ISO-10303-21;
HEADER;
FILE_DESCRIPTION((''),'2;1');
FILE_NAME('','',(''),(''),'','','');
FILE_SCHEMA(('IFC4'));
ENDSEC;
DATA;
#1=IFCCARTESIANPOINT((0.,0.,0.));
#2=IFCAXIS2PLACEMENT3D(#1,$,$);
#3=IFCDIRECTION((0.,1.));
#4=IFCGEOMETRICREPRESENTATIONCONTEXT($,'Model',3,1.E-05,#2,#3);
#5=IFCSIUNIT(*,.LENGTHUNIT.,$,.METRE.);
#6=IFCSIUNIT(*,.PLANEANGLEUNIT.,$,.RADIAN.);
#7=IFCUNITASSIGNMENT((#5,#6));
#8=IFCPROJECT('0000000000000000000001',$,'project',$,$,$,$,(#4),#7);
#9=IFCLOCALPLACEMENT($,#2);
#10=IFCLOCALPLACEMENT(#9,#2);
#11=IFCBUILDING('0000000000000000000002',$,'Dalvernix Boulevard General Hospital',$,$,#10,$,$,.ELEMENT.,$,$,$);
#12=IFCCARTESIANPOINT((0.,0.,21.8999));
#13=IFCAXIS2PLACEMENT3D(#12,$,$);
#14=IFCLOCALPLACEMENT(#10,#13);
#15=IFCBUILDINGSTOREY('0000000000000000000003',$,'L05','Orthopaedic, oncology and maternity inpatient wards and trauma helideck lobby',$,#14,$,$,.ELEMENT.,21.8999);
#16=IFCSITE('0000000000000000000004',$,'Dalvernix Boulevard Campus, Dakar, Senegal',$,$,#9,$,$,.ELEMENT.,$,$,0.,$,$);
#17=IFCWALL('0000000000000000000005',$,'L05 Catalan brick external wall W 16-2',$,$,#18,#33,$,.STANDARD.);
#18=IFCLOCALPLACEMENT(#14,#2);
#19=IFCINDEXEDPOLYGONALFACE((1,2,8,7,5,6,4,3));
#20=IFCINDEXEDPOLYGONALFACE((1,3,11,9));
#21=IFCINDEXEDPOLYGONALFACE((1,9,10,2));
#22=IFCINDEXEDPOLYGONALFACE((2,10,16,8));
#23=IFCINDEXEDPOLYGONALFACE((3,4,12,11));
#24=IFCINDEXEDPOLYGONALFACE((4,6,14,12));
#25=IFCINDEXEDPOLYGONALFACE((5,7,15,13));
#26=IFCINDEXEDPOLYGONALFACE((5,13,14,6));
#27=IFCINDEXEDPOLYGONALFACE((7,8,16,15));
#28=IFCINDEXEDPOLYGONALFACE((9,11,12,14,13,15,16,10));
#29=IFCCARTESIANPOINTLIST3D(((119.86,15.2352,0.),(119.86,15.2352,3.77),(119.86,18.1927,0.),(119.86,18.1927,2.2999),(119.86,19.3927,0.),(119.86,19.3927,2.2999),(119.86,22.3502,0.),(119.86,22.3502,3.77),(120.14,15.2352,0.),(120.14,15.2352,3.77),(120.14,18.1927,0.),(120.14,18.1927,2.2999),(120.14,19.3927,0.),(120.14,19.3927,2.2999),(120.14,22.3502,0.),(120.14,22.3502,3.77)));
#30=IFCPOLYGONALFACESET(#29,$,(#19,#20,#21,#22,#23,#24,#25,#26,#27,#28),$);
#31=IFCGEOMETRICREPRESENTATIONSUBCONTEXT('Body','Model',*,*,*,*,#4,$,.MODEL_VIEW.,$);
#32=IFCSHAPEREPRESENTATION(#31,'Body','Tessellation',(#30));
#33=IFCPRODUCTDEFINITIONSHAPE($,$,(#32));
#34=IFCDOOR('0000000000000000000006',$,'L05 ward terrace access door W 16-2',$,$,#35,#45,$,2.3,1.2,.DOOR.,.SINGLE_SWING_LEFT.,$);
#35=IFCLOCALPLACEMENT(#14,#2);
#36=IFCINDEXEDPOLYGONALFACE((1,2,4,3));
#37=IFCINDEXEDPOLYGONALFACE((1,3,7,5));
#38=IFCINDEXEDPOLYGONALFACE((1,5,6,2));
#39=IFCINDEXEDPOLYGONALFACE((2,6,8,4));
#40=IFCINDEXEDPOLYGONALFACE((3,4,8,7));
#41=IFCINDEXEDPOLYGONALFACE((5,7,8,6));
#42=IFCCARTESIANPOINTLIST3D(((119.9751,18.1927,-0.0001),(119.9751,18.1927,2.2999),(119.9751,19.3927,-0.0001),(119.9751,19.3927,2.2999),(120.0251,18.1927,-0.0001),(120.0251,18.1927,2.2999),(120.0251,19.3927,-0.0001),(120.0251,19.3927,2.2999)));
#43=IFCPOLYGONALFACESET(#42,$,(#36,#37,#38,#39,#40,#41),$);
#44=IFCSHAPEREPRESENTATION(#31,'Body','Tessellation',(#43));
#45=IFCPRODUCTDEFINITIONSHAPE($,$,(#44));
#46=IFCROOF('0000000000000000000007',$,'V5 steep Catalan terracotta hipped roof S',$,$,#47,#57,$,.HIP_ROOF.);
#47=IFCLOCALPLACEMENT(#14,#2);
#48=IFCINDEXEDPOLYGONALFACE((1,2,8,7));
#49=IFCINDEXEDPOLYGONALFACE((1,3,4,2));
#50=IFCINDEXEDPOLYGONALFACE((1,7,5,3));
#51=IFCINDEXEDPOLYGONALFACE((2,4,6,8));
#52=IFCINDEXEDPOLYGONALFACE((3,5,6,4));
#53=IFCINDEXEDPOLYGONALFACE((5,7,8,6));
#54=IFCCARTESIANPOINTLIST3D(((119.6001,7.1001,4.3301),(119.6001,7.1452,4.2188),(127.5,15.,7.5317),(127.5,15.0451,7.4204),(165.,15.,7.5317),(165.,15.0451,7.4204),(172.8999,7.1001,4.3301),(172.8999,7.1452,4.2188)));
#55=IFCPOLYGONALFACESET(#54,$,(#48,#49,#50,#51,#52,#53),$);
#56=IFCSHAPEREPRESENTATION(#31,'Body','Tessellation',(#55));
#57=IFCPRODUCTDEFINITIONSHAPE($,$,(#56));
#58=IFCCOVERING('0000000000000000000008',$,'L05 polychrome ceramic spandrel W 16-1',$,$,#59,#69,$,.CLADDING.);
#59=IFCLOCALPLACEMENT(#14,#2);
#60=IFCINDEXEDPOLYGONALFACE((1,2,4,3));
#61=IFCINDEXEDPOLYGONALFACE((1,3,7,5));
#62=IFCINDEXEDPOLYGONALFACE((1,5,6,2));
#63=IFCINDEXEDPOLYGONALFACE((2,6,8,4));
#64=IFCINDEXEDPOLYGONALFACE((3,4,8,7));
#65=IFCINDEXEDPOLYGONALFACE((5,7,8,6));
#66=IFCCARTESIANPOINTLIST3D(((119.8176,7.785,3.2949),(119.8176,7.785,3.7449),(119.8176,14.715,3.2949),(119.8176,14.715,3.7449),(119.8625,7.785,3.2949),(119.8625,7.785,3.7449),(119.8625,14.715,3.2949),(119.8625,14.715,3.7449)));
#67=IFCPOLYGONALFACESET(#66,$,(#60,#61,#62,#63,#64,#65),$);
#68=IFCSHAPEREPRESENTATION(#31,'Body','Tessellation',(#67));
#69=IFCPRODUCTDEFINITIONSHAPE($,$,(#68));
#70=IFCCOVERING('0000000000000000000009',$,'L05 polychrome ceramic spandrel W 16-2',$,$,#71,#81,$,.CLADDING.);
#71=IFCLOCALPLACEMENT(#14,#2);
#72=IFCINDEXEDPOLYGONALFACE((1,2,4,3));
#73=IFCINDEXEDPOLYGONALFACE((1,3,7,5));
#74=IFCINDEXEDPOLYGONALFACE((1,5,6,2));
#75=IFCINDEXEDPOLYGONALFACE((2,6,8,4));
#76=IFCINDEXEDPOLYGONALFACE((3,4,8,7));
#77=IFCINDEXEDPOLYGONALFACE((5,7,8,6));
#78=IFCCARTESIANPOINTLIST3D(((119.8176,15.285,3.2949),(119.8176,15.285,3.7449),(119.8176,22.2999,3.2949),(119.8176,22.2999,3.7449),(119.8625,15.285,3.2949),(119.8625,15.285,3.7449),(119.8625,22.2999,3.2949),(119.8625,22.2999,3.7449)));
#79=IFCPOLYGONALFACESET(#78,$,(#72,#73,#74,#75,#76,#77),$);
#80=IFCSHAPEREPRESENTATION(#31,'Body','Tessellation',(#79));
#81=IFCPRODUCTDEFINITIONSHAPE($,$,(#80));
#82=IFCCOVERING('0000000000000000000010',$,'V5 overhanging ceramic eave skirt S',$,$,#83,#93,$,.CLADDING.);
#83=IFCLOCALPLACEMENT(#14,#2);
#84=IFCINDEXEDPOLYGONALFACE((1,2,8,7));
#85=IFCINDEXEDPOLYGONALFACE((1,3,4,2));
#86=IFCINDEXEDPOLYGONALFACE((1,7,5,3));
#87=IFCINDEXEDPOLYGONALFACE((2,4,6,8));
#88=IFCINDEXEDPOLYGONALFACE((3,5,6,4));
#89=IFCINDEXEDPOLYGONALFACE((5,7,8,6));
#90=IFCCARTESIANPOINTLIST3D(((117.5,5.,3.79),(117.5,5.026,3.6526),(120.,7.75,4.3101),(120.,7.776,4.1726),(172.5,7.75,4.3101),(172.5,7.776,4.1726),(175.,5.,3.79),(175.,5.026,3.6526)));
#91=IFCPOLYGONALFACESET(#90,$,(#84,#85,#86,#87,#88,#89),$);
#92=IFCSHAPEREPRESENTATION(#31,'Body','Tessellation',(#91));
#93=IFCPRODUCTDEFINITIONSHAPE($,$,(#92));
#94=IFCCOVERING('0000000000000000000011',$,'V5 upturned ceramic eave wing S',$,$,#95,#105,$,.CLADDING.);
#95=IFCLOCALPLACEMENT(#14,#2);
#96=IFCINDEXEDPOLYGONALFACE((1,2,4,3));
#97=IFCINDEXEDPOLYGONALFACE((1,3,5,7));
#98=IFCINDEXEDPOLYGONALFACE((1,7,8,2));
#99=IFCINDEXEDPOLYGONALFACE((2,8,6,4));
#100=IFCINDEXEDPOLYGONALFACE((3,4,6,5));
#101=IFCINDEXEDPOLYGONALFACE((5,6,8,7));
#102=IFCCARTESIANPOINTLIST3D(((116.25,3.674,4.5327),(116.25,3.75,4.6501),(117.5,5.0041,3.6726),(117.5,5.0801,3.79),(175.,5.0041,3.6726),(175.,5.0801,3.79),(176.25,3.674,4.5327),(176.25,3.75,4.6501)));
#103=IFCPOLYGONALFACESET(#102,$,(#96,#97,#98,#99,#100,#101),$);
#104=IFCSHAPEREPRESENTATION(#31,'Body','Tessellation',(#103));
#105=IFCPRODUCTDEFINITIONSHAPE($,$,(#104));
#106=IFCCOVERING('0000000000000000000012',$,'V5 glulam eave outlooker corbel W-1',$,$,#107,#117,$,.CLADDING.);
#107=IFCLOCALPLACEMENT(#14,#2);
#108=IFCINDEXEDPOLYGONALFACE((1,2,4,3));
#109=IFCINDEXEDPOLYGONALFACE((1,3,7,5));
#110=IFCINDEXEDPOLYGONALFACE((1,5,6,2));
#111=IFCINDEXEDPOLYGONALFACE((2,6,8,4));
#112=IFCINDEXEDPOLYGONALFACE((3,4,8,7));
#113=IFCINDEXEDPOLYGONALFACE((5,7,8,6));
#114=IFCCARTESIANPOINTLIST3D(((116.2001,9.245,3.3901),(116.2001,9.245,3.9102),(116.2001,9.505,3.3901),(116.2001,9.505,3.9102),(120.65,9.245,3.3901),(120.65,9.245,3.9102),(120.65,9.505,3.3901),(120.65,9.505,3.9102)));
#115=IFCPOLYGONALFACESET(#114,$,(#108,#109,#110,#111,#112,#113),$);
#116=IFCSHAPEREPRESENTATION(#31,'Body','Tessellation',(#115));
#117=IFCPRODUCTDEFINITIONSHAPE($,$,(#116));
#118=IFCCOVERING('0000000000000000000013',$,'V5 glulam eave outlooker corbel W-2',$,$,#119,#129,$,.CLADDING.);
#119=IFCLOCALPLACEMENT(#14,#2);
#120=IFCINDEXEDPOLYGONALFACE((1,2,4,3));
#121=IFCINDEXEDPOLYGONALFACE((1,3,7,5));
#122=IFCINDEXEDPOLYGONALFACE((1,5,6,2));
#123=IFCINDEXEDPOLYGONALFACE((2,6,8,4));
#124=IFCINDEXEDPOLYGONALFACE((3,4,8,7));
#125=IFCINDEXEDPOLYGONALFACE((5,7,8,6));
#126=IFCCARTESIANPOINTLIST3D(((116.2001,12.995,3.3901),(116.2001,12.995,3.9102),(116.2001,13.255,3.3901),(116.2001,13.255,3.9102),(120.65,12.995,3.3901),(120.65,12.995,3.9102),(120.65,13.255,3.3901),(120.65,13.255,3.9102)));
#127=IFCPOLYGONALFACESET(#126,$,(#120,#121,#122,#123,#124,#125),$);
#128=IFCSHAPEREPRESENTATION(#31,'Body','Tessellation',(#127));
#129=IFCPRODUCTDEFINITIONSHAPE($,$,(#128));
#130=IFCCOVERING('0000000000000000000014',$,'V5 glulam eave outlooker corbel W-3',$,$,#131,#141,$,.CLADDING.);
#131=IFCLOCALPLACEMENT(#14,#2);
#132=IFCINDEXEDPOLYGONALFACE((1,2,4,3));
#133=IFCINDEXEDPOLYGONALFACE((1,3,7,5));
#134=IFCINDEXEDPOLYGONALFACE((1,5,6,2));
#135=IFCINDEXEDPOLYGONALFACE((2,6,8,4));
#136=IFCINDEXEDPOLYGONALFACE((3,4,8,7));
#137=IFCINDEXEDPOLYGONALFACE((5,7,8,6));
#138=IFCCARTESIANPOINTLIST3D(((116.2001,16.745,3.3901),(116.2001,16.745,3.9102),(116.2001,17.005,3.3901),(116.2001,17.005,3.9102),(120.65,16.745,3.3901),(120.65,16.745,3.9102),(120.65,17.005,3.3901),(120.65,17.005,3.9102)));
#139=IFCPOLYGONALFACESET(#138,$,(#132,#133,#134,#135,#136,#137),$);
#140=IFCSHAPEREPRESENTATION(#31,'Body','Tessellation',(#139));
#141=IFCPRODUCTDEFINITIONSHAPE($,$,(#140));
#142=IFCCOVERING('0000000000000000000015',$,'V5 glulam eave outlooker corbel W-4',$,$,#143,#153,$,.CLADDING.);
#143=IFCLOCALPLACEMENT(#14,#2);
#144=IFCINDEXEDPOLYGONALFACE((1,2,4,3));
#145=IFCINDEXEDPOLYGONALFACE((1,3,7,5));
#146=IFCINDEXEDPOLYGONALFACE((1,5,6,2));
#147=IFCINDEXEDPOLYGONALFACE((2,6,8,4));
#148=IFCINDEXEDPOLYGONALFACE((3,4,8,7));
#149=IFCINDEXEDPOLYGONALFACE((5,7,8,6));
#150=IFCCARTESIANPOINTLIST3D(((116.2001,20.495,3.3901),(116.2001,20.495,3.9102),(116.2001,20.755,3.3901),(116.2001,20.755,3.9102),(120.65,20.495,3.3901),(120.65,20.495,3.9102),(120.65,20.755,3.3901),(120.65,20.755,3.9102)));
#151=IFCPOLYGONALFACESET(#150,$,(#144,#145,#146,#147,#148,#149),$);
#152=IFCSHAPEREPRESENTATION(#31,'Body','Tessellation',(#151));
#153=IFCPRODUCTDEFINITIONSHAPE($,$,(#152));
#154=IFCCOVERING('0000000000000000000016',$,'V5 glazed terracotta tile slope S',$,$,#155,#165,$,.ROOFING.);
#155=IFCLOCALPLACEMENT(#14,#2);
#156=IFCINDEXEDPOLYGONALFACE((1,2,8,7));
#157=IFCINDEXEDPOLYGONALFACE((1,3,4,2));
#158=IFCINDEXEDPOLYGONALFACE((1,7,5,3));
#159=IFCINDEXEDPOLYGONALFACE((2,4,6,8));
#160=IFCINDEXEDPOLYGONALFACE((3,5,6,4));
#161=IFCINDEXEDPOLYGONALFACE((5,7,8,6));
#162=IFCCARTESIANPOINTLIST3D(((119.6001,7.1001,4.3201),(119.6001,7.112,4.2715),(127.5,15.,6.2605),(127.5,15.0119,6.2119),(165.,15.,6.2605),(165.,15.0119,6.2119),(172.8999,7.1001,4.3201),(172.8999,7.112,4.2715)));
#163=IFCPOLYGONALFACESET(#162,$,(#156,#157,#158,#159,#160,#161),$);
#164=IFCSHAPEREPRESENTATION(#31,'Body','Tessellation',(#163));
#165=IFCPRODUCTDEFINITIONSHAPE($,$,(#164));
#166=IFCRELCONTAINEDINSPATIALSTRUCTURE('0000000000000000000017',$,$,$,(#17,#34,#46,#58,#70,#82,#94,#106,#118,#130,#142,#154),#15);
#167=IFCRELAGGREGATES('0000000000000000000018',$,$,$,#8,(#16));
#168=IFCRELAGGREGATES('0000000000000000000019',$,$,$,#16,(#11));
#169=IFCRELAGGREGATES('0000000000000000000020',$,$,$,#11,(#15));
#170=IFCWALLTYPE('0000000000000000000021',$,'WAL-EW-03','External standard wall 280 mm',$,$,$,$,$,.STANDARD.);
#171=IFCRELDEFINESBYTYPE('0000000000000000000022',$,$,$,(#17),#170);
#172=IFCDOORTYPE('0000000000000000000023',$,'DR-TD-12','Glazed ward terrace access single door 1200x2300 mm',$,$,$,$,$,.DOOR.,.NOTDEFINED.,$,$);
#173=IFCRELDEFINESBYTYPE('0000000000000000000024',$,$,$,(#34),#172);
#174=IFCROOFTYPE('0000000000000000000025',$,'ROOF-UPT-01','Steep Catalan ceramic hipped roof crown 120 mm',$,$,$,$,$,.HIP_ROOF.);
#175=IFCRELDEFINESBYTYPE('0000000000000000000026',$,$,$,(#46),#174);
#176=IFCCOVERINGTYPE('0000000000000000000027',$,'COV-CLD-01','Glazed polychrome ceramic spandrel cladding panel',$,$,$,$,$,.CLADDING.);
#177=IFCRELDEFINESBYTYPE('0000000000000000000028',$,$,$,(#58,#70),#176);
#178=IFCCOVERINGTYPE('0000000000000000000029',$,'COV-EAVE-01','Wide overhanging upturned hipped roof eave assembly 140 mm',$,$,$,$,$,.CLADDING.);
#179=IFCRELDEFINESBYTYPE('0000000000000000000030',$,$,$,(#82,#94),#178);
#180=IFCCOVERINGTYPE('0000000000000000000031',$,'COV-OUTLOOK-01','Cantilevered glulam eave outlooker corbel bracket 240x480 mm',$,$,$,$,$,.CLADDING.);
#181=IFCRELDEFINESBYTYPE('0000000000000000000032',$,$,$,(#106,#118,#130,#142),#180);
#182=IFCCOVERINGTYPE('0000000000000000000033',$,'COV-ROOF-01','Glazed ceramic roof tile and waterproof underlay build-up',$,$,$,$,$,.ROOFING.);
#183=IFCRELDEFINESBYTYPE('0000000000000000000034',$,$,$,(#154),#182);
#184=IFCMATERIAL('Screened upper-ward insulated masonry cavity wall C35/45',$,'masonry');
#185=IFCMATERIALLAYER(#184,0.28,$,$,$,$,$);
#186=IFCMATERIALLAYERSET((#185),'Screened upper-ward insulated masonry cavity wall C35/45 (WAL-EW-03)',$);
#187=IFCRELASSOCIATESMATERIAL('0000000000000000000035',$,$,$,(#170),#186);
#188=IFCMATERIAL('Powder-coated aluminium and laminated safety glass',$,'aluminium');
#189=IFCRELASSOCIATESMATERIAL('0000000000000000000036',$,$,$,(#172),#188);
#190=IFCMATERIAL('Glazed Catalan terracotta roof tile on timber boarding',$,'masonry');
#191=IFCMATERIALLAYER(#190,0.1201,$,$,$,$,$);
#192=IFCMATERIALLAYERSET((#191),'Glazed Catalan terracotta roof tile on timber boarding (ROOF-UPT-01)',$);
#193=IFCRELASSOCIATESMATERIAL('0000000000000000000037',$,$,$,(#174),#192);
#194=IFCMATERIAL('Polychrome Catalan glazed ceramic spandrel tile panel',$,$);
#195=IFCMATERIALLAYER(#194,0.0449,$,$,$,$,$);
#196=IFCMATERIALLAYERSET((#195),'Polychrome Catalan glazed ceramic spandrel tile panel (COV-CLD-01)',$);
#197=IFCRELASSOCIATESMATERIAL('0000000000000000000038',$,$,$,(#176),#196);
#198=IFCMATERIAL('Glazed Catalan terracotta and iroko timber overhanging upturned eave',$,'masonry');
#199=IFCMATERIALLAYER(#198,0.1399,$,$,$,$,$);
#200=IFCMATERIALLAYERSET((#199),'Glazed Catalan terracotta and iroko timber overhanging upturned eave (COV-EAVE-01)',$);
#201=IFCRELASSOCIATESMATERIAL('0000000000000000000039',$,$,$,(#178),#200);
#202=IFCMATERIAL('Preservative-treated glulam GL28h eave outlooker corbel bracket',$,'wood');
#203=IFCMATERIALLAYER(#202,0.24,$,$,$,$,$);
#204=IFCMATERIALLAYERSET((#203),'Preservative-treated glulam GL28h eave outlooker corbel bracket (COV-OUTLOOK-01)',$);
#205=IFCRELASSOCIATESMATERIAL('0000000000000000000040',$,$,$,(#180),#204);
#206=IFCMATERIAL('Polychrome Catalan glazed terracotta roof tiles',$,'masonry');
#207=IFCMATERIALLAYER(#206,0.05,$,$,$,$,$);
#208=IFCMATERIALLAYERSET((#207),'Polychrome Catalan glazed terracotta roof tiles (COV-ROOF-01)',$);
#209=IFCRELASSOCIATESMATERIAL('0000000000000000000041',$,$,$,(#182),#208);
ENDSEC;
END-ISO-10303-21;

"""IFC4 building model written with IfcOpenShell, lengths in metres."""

from ifc_helpers import new_model, si_unit, direction, frame, frame_2d, origin, origin_2d, place, context, subcontext, project, spatial, polyline, rectangle, outline, extrude, material, layer, layer_set, type_object, element, fill, save


model = new_model("IFC4")

# Units and contexts
model_context = context("Model", 3, precision=1e-05, world=origin(), true_north=direction((0.0, 1.0)))
body_context = subcontext(model_context, "Body", "Model", "MODEL_VIEW")
ifc_project = project(units=[si_unit("LENGTHUNIT", "METRE"), si_unit("PLANEANGLEUNIT", "RADIAN")], contexts=[model_context])

# Site, building, storey
site_placement = place(None, origin())
site = spatial("IfcSite", under=ifc_project, at=site_placement, Name="Dalvernix Boulevard Campus, Dakar, Senegal", CompositionType="ELEMENT", RefElevation=0.0)
building_placement = place(site_placement, origin())
building = spatial("IfcBuilding", under=site, at=building_placement, Name="Dalvernix Boulevard General Hospital", CompositionType="ELEMENT")
storey_placement = place(building_placement, frame((0.0, 0.0, 21.8999)))
storey = spatial("IfcBuildingStorey", under=building, at=storey_placement, Name="L05", Description="Orthopaedic, oncology and maternity inpatient wards and trauma helideck lobby", CompositionType="ELEMENT", Elevation=21.8999)

# Wall, opening, door
ifc_material_1 = material(Name="Screened upper-ward insulated masonry cavity wall C35/45", Category="masonry")
ifc_layer_1 = layer(ifc_material_1, 0.28)
ifc_layer_set_1 = layer_set([ifc_layer_1], Name="Screened upper-ward insulated masonry cavity wall C35/45 (WAL-EW-03)")
wall_type = type_object("IfcWallType", Name="WAL-EW-03", Description="External standard wall 280 mm", PredefinedType="STANDARD", material=ifc_layer_set_1)
ifc_material_2 = material(Name="Powder-coated aluminium and laminated safety glass", Category="aluminium")
door_type = type_object("IfcDoorType", Name="DR-TD-12", Description="Glazed ward terrace access single door 1200x2300 mm", OperationType="NOTDEFINED", PredefinedType="DOOR", material=ifc_material_2)
wall_1_placement = place(storey_placement, frame((120.0, 15.2351, 0.0), z_axis=(0.0, 0.0, 1.0), x_axis=(0.0, 1.0, 0.0)))
wall_1 = element("IfcWall", 1, at=wall_1_placement, inside=storey, type_object=wall_type, Name="L05 Catalan brick external wall W 16-2", PredefinedType="STANDARD", context=body_context, shape_type="SweptSolid", body=[
    extrude(rectangle(XDim=7.115, YDim=0.28, at=frame_2d((3.5576, 0.0))), origin(), (0.0, 0.0, 1.0), 3.77),
])
opening_1_placement = place(wall_1_placement, frame((2.9575, 0.0, 0.0)))
opening_1 = element("IfcOpeningElement", 2, at=opening_1_placement, cuts=wall_1, PredefinedType="OPENING", context=body_context, shape_type="SweptSolid", body=[
    extrude(rectangle(XDim=1.2, YDim=2.3, at=frame_2d((0.6001, 1.1499))), frame((0.0, 0.1499, 0.0), z_axis=(0.0, -1.0, 0.0), x_axis=(1.0, 0.0, 0.0)), (0.0, 0.0, 1.0), 0.3),
])
door_1_placement = place(opening_1_placement, origin())
door_1 = element("IfcDoor", 3, at=door_1_placement, inside=storey, type_object=door_type, Name="L05 ward terrace access door W 16-2", OperationType="SINGLE_SWING_LEFT", OverallHeight=2.3, OverallWidth=1.2, PredefinedType="DOOR", context=body_context, shape_type="SweptSolid", body=[
    extrude(rectangle(XDim=1.2, YDim=2.3, at=frame_2d((0.6001, 1.1499))), frame((0.0, 0.0249, 0.0), z_axis=(0.0, -1.0, 0.0), x_axis=(1.0, 0.0, 0.0)), (0.0, 0.0, 1.0), 0.05),
])
fill(opening_1, door_1)

# Roof
ifc_material_3 = material(Name="Glazed Catalan terracotta roof tile on timber boarding", Category="masonry")
ifc_layer_2 = layer(ifc_material_3, 0.1201)
ifc_layer_set_2 = layer_set([ifc_layer_2], Name="Glazed Catalan terracotta roof tile on timber boarding (ROOF-UPT-01)")
roof_type_1 = type_object("IfcRoofType", Name="ROOF-UPT-01", Description="Steep Catalan ceramic hipped roof crown 120 mm", PredefinedType="HIP_ROOF", material=ifc_layer_set_2)
roof_1_placement = place(storey_placement, frame((119.6001, 7.1001, 4.3301), z_axis=(0.0, -0.375604, 0.92678), x_axis=(1.0, 0.0, 0.0)))
element("IfcRoof", 4, at=roof_1_placement, inside=storey, type_object=roof_type_1, Name="V5 steep Catalan terracotta hipped roof S", PredefinedType="HIP_ROOF", context=body_context, shape_type="SweptSolid", body=[
    extrude(outline(polyline([(0.0, 0.0), (53.2998, 0.0), (45.3999, 8.524), (7.8999, 8.524), (0.0, 0.0)])), origin(), (0.0, 0.0, -1.0), 0.1201),
])

# Coverings
ifc_material_4 = material(Name="Polychrome Catalan glazed ceramic spandrel tile panel")
ifc_layer_3 = layer(ifc_material_4, 0.0449)
ifc_layer_set_3 = layer_set([ifc_layer_3], Name="Polychrome Catalan glazed ceramic spandrel tile panel (COV-CLD-01)")
covering_type_1 = type_object("IfcCoveringType", Name="COV-CLD-01", Description="Glazed polychrome ceramic spandrel cladding panel", PredefinedType="CLADDING", material=ifc_layer_set_3)
covering_1_placement = place(storey_placement, frame((119.8401, 11.25, 3.2949), z_axis=(0.0, 0.0, 1.0), x_axis=(0.0, 1.0, 0.0)))
element("IfcCovering", 5, at=covering_1_placement, inside=storey, type_object=covering_type_1, Name="L05 polychrome ceramic spandrel W 16-1", PredefinedType="CLADDING", context=body_context, shape_type="SweptSolid", body=[
    extrude(rectangle(XDim=6.9299, YDim=0.0449, at=origin_2d()), origin(), (0.0, 0.0, 1.0), 0.45),
])
covering_2_placement = place(storey_placement, frame((119.8401, 18.7925, 3.2949), z_axis=(0.0, 0.0, 1.0), x_axis=(0.0, 1.0, 0.0)))
element("IfcCovering", 6, at=covering_2_placement, inside=storey, type_object=covering_type_1, Name="L05 polychrome ceramic spandrel W 16-2", PredefinedType="CLADDING", context=body_context, shape_type="SweptSolid", body=[
    extrude(rectangle(XDim=7.0149, YDim=0.0449, at=origin_2d()), origin(), (0.0, 0.0, 1.0), 0.45),
])
ifc_material_5 = material(Name="Glazed Catalan terracotta and iroko timber overhanging upturned eave", Category="masonry")
ifc_layer_4 = layer(ifc_material_5, 0.1399)
ifc_layer_set_4 = layer_set([ifc_layer_4], Name="Glazed Catalan terracotta and iroko timber overhanging upturned eave (COV-EAVE-01)")
covering_type_2 = type_object("IfcCoveringType", Name="COV-EAVE-01", Description="Wide overhanging upturned hipped roof eave assembly 140 mm", PredefinedType="CLADDING", material=ifc_layer_set_4)
covering_3_placement = place(storey_placement, frame((120.0, 7.75, 4.3101), z_axis=(0.0, -0.185805, 0.982587), x_axis=(1.0, 0.0, 0.0)))
element("IfcCovering", 7, at=covering_3_placement, inside=storey, type_object=covering_type_2, Name="V5 overhanging ceramic eave skirt S", PredefinedType="CLADDING", context=body_context, shape_type="SweptSolid", body=[
    extrude(outline(polyline([(0.0, 0.0), (52.5, 0.0), (55.0, -2.7987), (-2.5, -2.7987), (0.0, 0.0)])), origin(), (0.0, 0.0, -1.0), 0.1399),
])
covering_4_placement = place(storey_placement, frame((117.5, 5.0801, 3.79), z_axis=(0.0, 0.543015, 0.839723), x_axis=(1.0, 0.0, 0.0)))
element("IfcCovering", 8, at=covering_4_placement, inside=storey, type_object=covering_type_2, Name="V5 upturned ceramic eave wing S", PredefinedType="CLADDING", context=body_context, shape_type="SweptSolid", body=[
    extrude(outline(polyline([(0.0, 0.0), (57.5, 0.0), (58.75, -1.5839), (-1.25, -1.5839), (0.0, 0.0)])), origin(), (0.0, 0.0, -1.0), 0.1399),
])
ifc_material_6 = material(Name="Preservative-treated glulam GL28h eave outlooker corbel bracket", Category="wood")
ifc_layer_5 = layer(ifc_material_6, 0.24)
ifc_layer_set_5 = layer_set([ifc_layer_5], Name="Preservative-treated glulam GL28h eave outlooker corbel bracket (COV-OUTLOOK-01)")
covering_type_3 = type_object("IfcCoveringType", Name="COV-OUTLOOK-01", Description="Cantilevered glulam eave outlooker corbel bracket 240x480 mm", PredefinedType="CLADDING", material=ifc_layer_set_5)
for number, where, z_axis, x_axis, name in (
    (9, (118.425, 9.375, 3.3901), (0.0, 0.0, 1.0), (1.0, 0.0, 0.0), "V5 glulam eave outlooker corbel W-1"),
    (10, (118.425, 13.125, 3.3901), (0.0, 0.0, 1.0), (1.0, 0.0, 0.0), "V5 glulam eave outlooker corbel W-2"),
    (11, (118.425, 16.875, 3.3901), (0.0, 0.0, 1.0), (1.0, 0.0, 0.0), "V5 glulam eave outlooker corbel W-3"),
    (12, (118.425, 20.625, 3.3901), (0.0, 0.0, 1.0), (1.0, 0.0, 0.0), "V5 glulam eave outlooker corbel W-4"),
):
    element("IfcCovering", number, at=place(storey_placement, frame(where, z_axis=z_axis, x_axis=x_axis)), inside=storey, type_object=covering_type_3, Name=name, PredefinedType="CLADDING", context=body_context, shape_type="SweptSolid", body=[
        extrude(rectangle(XDim=4.45, YDim=0.26, at=origin_2d()), origin(), (0.0, 0.0, 1.0), 0.52),
    ])
ifc_material_7 = material(Name="Polychrome Catalan glazed terracotta roof tiles", Category="masonry")
ifc_layer_6 = layer(ifc_material_7, 0.05)
ifc_layer_set_6 = layer_set([ifc_layer_6], Name="Polychrome Catalan glazed terracotta roof tiles (COV-ROOF-01)")
covering_type_4 = type_object("IfcCoveringType", Name="COV-ROOF-01", Description="Glazed ceramic roof tile and waterproof underlay build-up", PredefinedType="ROOFING", material=ifc_layer_set_6)
covering_5_placement = place(storey_placement, frame((119.6001, 7.1001, 4.3201), z_axis=(0.0, -0.238537, 0.971133), x_axis=(1.0, 0.0, 0.0)))
element("IfcCovering", 13, at=covering_5_placement, inside=storey, type_object=covering_type_4, Name="V5 glazed terracotta tile slope S", PredefinedType="ROOFING", context=body_context, shape_type="SweptSolid", body=[
    extrude(outline(polyline([(0.0, 0.0), (53.2998, 0.0), (45.3999, 8.1347), (7.8999, 8.1347), (0.0, 0.0)])), origin(), (0.0, 0.0, -1.0), 0.05),
])

save(model, "model.ifc")
